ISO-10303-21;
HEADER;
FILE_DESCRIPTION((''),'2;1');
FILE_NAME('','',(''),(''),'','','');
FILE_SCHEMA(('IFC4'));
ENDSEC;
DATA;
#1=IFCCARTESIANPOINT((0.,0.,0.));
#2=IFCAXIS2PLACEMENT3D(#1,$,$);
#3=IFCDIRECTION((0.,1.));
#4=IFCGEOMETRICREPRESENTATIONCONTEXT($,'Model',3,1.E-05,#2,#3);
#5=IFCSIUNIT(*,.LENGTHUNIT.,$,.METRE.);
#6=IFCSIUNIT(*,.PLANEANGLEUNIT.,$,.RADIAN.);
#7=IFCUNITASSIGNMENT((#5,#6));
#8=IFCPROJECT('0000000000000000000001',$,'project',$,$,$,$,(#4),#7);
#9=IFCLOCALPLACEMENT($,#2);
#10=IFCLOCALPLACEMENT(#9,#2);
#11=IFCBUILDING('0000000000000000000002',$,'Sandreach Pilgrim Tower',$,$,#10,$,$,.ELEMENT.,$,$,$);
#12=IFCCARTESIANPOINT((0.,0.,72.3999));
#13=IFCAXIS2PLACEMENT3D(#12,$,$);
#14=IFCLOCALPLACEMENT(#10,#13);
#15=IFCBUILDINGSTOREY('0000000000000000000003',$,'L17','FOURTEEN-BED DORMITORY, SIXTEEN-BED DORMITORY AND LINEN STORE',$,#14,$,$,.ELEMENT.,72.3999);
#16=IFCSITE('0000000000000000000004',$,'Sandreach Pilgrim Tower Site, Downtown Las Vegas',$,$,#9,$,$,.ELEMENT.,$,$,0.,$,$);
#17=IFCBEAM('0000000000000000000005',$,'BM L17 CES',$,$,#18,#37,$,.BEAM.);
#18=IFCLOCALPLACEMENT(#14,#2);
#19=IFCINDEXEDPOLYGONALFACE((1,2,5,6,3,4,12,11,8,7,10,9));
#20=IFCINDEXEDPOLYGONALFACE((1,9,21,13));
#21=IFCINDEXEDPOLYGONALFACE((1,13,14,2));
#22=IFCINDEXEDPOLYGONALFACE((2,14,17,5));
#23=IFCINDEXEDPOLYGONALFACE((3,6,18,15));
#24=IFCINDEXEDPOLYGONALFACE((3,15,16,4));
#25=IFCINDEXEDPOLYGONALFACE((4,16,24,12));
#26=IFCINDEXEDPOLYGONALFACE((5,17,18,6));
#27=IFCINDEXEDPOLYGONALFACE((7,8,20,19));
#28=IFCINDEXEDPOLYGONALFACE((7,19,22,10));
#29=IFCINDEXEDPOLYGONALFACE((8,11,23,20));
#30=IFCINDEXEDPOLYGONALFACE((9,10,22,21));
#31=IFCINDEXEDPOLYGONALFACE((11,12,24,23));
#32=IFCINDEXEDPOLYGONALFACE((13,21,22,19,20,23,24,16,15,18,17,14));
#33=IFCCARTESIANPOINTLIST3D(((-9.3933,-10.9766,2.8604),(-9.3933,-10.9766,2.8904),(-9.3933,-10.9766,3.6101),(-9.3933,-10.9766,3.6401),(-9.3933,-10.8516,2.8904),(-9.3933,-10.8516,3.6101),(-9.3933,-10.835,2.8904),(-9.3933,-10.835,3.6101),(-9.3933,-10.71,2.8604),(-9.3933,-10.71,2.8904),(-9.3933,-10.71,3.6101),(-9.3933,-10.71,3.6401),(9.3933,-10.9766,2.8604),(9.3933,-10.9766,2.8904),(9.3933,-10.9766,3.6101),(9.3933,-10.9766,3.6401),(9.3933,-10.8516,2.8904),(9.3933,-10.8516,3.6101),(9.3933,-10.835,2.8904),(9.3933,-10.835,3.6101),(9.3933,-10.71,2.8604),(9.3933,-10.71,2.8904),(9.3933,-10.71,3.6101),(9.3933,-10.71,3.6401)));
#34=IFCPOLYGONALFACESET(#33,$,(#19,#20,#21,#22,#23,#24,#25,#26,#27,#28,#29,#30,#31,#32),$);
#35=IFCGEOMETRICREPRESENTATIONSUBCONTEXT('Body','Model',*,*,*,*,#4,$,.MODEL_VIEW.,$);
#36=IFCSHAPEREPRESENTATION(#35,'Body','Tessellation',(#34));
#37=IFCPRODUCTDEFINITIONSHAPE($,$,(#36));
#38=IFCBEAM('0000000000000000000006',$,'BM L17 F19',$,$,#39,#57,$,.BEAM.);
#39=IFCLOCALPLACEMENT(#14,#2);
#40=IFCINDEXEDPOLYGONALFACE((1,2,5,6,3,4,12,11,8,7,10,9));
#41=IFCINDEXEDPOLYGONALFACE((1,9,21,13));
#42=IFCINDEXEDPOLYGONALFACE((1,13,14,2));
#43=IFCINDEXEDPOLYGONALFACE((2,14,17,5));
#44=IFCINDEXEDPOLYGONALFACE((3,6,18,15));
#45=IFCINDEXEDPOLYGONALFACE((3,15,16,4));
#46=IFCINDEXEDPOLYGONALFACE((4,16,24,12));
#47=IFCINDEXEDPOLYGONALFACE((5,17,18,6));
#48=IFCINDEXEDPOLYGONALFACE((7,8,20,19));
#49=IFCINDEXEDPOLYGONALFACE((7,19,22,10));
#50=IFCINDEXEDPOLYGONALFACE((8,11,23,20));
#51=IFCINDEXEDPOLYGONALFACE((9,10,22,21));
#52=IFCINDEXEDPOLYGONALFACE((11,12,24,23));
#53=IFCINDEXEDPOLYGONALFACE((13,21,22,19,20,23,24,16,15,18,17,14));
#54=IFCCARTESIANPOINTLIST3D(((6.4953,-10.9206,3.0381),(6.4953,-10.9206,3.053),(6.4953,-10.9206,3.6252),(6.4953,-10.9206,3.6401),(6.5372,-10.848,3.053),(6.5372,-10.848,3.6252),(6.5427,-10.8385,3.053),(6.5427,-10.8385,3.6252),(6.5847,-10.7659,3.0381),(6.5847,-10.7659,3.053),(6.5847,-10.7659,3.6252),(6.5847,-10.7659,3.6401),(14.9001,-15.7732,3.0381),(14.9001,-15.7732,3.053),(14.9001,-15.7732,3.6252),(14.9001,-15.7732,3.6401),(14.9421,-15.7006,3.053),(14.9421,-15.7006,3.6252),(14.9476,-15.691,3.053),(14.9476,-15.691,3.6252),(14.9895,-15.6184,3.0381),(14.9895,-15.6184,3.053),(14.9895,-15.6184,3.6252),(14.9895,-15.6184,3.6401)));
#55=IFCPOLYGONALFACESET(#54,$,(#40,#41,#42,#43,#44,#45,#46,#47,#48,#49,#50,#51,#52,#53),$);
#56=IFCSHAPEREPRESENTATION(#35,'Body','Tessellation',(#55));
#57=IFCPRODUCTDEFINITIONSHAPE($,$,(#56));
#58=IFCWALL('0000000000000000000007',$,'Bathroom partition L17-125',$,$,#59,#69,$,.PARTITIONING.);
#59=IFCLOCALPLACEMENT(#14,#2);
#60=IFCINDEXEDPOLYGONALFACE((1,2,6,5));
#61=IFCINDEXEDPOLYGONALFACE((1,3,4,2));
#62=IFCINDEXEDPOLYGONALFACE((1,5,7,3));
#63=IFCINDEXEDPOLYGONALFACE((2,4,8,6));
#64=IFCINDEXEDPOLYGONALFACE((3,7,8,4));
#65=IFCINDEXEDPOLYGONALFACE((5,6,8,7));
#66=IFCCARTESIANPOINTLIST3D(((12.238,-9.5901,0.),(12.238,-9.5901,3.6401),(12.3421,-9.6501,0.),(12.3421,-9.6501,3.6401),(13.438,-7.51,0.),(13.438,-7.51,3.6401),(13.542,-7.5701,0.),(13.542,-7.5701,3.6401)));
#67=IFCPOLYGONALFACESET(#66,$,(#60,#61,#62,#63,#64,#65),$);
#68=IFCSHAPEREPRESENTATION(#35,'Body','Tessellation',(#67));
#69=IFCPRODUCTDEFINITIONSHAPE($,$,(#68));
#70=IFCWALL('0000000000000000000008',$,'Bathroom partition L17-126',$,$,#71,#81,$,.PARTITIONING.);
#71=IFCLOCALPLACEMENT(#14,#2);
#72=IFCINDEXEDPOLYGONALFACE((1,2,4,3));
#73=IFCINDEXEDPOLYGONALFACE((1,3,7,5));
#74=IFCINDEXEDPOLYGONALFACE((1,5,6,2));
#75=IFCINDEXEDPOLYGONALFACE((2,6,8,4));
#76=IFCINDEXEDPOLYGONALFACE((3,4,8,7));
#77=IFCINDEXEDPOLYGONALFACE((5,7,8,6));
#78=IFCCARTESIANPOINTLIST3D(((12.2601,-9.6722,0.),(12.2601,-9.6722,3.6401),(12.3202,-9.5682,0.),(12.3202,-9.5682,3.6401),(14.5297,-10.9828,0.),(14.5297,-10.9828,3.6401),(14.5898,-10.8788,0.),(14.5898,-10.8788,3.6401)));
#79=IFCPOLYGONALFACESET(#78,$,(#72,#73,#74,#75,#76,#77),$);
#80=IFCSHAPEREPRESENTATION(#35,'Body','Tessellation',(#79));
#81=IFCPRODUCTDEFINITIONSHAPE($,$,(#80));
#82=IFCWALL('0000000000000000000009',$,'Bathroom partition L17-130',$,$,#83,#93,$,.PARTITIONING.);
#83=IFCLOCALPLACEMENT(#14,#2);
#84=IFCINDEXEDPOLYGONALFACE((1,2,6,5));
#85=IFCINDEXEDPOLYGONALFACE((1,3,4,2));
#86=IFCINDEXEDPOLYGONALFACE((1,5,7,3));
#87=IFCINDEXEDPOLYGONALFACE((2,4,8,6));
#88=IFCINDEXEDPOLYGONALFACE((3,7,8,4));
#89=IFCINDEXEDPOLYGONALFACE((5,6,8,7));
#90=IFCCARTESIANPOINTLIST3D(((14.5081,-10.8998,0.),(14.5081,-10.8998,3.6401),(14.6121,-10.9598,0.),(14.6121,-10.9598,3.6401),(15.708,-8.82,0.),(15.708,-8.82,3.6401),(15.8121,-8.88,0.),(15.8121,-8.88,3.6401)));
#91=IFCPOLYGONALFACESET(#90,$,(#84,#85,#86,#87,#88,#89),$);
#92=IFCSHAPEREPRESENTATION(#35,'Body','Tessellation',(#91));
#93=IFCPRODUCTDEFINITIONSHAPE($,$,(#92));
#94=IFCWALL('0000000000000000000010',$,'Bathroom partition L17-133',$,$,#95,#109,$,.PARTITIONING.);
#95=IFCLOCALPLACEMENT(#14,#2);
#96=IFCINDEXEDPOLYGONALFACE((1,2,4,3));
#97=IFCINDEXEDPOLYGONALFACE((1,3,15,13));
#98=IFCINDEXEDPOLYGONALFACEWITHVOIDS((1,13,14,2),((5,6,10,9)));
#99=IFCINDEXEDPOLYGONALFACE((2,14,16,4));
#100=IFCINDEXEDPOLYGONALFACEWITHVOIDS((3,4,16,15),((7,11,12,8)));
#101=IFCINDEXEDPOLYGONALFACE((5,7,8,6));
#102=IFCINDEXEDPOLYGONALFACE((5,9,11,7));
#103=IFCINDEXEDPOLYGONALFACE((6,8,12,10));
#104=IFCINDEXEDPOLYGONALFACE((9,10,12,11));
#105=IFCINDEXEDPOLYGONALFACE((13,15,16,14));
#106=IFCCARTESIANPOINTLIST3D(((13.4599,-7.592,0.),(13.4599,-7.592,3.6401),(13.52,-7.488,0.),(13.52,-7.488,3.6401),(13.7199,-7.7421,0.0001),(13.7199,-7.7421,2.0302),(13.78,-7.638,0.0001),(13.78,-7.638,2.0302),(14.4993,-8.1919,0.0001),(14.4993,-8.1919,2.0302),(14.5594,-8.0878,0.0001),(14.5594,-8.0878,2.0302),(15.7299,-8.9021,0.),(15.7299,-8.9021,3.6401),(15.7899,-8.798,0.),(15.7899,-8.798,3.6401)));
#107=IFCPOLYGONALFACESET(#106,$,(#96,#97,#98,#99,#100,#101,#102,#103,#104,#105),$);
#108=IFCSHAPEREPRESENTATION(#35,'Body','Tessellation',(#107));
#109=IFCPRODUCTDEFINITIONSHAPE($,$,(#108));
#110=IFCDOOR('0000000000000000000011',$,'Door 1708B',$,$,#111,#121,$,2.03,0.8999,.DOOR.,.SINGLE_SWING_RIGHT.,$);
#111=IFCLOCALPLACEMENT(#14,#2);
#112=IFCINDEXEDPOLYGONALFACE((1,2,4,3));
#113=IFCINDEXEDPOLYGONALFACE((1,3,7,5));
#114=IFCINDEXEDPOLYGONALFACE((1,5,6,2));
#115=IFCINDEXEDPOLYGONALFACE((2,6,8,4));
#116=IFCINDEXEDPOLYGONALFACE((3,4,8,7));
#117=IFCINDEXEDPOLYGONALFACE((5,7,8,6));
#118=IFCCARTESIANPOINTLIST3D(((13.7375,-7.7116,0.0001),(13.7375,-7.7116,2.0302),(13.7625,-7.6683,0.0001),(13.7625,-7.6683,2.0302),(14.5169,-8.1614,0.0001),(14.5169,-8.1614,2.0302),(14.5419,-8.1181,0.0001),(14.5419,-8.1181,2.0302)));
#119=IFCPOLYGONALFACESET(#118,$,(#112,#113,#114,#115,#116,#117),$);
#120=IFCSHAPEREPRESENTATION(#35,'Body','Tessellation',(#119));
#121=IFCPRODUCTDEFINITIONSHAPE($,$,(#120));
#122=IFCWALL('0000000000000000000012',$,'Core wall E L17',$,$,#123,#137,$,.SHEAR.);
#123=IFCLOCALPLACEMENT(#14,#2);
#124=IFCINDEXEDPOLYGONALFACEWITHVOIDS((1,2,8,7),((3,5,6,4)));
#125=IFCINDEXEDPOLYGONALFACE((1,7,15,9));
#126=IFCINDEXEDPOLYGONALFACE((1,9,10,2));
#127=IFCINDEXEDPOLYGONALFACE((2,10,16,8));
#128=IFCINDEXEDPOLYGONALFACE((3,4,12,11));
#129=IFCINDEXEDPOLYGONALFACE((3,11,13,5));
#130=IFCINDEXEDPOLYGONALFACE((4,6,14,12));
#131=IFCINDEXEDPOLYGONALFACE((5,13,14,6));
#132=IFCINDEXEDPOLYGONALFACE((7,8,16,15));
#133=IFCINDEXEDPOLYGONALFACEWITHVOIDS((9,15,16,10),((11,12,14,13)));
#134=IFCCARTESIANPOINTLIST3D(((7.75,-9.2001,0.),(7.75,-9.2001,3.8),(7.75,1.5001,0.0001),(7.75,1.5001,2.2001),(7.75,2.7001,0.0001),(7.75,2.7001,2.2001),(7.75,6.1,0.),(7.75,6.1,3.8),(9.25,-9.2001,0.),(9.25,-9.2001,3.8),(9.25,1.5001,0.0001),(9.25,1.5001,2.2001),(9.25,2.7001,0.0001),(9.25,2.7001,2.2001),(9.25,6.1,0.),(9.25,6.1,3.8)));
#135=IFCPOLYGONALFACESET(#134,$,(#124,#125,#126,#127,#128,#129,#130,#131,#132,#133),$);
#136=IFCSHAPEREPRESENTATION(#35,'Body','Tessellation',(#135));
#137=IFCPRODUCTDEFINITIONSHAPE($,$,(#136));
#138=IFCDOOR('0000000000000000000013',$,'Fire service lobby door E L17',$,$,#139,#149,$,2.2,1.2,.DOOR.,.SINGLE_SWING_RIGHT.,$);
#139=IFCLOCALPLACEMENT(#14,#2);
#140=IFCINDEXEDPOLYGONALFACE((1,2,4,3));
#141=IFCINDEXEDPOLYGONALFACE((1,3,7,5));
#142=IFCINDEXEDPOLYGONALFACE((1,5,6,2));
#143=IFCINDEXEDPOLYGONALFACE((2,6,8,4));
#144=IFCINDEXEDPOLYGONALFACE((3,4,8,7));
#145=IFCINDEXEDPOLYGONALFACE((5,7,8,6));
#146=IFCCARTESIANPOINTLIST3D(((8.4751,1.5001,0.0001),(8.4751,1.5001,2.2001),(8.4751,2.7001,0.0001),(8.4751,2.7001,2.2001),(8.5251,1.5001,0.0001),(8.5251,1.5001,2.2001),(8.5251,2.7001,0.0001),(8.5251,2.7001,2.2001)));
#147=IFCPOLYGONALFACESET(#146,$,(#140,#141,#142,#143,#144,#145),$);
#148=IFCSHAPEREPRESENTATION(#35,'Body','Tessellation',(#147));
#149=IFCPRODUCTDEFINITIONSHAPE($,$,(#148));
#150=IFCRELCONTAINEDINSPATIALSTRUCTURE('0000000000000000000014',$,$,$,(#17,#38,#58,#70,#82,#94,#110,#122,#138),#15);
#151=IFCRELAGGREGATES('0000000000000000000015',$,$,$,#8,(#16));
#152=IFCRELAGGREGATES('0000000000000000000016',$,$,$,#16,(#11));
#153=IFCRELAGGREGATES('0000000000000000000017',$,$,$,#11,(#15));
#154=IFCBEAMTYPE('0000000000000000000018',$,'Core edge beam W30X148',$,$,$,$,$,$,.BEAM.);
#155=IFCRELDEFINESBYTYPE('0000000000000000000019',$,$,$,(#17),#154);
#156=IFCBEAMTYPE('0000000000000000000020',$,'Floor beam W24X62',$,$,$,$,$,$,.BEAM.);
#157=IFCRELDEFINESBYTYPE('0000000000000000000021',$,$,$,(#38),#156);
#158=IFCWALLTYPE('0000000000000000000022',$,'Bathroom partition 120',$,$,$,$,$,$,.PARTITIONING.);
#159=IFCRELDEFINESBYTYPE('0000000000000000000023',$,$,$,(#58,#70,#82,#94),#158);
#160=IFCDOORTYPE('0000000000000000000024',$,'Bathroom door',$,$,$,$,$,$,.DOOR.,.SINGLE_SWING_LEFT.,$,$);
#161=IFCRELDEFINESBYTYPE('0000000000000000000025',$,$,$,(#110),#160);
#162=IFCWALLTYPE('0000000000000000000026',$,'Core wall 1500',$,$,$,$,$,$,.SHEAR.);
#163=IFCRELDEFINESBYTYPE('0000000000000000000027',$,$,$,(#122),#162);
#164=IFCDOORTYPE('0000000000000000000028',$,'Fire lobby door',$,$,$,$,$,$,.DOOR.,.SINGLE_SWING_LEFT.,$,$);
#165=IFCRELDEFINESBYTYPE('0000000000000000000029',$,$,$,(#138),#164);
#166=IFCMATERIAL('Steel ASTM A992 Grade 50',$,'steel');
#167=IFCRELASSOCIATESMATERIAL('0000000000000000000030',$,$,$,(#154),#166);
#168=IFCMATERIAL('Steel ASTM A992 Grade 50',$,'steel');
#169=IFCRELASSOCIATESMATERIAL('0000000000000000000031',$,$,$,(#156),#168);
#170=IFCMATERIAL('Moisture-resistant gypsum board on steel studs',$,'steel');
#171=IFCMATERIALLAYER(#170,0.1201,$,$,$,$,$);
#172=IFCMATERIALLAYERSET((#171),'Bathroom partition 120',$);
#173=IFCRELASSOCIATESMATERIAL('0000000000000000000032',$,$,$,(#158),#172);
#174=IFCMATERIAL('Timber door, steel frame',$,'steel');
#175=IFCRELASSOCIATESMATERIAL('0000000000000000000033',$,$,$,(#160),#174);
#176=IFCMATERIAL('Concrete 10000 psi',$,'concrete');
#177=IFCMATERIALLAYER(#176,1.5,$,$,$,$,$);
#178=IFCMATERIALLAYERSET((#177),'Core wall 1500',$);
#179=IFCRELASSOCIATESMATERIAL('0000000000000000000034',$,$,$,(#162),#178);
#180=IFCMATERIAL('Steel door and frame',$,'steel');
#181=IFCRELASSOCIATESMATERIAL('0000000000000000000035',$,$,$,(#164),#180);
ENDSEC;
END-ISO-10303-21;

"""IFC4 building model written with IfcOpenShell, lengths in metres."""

from ifc_helpers import new_model, si_unit, direction, frame, frame_2d, origin, origin_2d, place, context, subcontext, project, spatial, rectangle, i_section, extrude, material, layer, layer_set, material_profile, profile_set, type_object, element, fill, save


model = new_model("IFC4")

# Units and contexts
model_context = context("Model", 3, precision=1e-05, world=origin(), true_north=direction((0.0, 1.0)))
body_context = subcontext(model_context, "Body", "Model", "MODEL_VIEW")
ifc_project = project(units=[si_unit("LENGTHUNIT", "METRE"), si_unit("PLANEANGLEUNIT", "RADIAN")], contexts=[model_context])

# Site, building, storey
site_placement = place(None, origin())
site = spatial("IfcSite", under=ifc_project, at=site_placement, Name="Sandreach Pilgrim Tower Site, Downtown Las Vegas", CompositionType="ELEMENT", RefElevation=0.0)
building_placement = place(site_placement, origin())
building = spatial("IfcBuilding", under=site, at=building_placement, Name="Sandreach Pilgrim Tower", CompositionType="ELEMENT")
storey_placement = place(building_placement, frame((0.0, 0.0, 72.3999)))
storey = spatial("IfcBuildingStorey", under=building, at=storey_placement, Name="L17", Description="FOURTEEN-BED DORMITORY, SIXTEEN-BED DORMITORY AND LINEN STORE", CompositionType="ELEMENT", Elevation=72.3999)

# Beams
ifc_material_1 = material(Name="Steel ASTM A992 Grade 50", Category="steel")
ifc_material_profile_1 = material_profile(ifc_material_1, i_section(OverallWidth=0.2666, OverallDepth=0.7798, WebThickness=0.0166, FlangeThickness=0.03, at=origin_2d()), Name="W30X148")
ifc_profile_set_1 = profile_set([ifc_material_profile_1], Name="Steel ASTM A992 Grade 50")
beam_type_1 = type_object("IfcBeamType", Name="Core edge beam W30X148", PredefinedType="BEAM", material=ifc_profile_set_1)
beam_1_placement = place(storey_placement, frame((9.3933, -10.8433, 3.2502), z_axis=(-1.0, 0.0, 0.0), x_axis=(0.0, -1.0, 0.0)))
element("IfcBeam", 1, at=beam_1_placement, inside=storey, type_object=beam_type_1, Name="BM L17 CES", PredefinedType="BEAM", context=body_context, shape_type="SweptSolid", body=[
    extrude(i_section(OverallWidth=0.2666, OverallDepth=0.7798, WebThickness=0.0166, FlangeThickness=0.03, at=origin_2d()), origin(), (0.0, 0.0, 1.0), 18.7866),
])
ifc_material_2 = material(Name="Steel ASTM A992 Grade 50", Category="steel")
ifc_material_profile_2 = material_profile(ifc_material_2, i_section(OverallWidth=0.1787, OverallDepth=0.6021, WebThickness=0.011, FlangeThickness=0.0149, at=origin_2d()), Name="W24X62")
ifc_profile_set_2 = profile_set([ifc_material_profile_2], Name="Steel ASTM A992 Grade 50")
beam_type_2 = type_object("IfcBeamType", Name="Floor beam W24X62", PredefinedType="BEAM", material=ifc_profile_set_2)
beam_2_placement = place(storey_placement, frame((14.9448, -15.6958, 3.3391), z_axis=(-0.866024, 0.500003, 0.0), x_axis=(-0.500003, -0.866024, 0.0)))
element("IfcBeam", 2, at=beam_2_placement, inside=storey, type_object=beam_type_2, Name="BM L17 F19", PredefinedType="BEAM", context=body_context, shape_type="SweptSolid", body=[
    extrude(i_section(OverallWidth=0.1787, OverallDepth=0.6021, WebThickness=0.011, FlangeThickness=0.0149, at=origin_2d()), origin(), (0.0, 0.0, 1.0), 9.7051),
])

# Walls
ifc_material_3 = material(Name="Moisture-resistant gypsum board on steel studs", Category="steel")
ifc_layer_1 = layer(ifc_material_3, 0.1201)
ifc_layer_set_1 = layer_set([ifc_layer_1], Name="Bathroom partition 120")
wall_type_1 = type_object("IfcWallType", Name="Bathroom partition 120", PredefinedType="PARTITIONING", material=ifc_layer_set_1)
wall_1_placement = place(storey_placement, frame((12.29, -9.6201, 0.0), z_axis=(0.0, 0.0, 1.0), x_axis=(0.499693, 0.866203, 0.0)))
element("IfcWall", 3, at=wall_1_placement, inside=storey, type_object=wall_type_1, Name="Bathroom partition L17-125", PredefinedType="PARTITIONING", context=body_context, shape_type="SweptSolid", body=[
    extrude(rectangle(XDim=2.4014, YDim=0.1201, at=frame_2d((1.2007, 0.0))), origin(), (0.0, 0.0, 1.0), 3.6401),
])
wall_2_placement = place(storey_placement, frame((12.29, -9.6201, 0.0), z_axis=(0.0, 0.0, 1.0), x_axis=(0.865987, -0.500067, 0.0)))
element("IfcWall", 4, at=wall_2_placement, inside=storey, type_object=wall_type_1, Name="Bathroom partition L17-126", PredefinedType="PARTITIONING", context=body_context, shape_type="SweptSolid", body=[
    extrude(rectangle(XDim=2.6208, YDim=0.1201, at=frame_2d((1.3105, 0.0))), origin(), (0.0, 0.0, 1.0), 3.6401),
])
wall_3_placement = place(storey_placement, frame((14.5601, -10.9299, 0.0), z_axis=(0.0, 0.0, 1.0), x_axis=(0.499737, 0.866177, 0.0)))
element("IfcWall", 5, at=wall_3_placement, inside=storey, type_object=wall_type_1, Name="Bathroom partition L17-130", PredefinedType="PARTITIONING", context=body_context, shape_type="SweptSolid", body=[
    extrude(rectangle(XDim=2.4011, YDim=0.1201, at=frame_2d((1.2007, 0.0))), origin(), (0.0, 0.0, 1.0), 3.6401),
])

# Walls, openings, doors
wall_4_placement = place(storey_placement, frame((15.76, -8.8501, 0.0), z_axis=(0.0, 0.0, 1.0), x_axis=(-0.866114, 0.499846, 0.0)))
wall_4 = element("IfcWall", 6, at=wall_4_placement, inside=storey, type_object=wall_type_1, Name="Bathroom partition L17-133", PredefinedType="PARTITIONING", context=body_context, shape_type="SweptSolid", body=[
    extrude(rectangle(XDim=2.6208, YDim=0.1201, at=frame_2d((1.3105, 0.0))), origin(), (0.0, 0.0, 1.0), 3.6401),
])
opening_1_placement = place(wall_4_placement, frame((1.4209, 0.0, 0.0)))
opening_1 = element("IfcOpeningElement", 7, at=opening_1_placement, cuts=wall_4, PredefinedType="OPENING", context=body_context, shape_type="SweptSolid", body=[
    extrude(rectangle(XDim=0.8999, YDim=2.03, at=frame_2d((0.45, 1.0151))), frame((0.0, 0.0601, 0.0), z_axis=(0.0, -1.0, 0.0), x_axis=(1.0, 0.0, 0.0)), (0.0, 0.0, 1.0), 0.1201),
])
ifc_material_4 = material(Name="Timber door, steel frame", Category="steel")
door_type_1 = type_object("IfcDoorType", Name="Bathroom door", OperationType="SINGLE_SWING_LEFT", PredefinedType="DOOR", material=ifc_material_4)
door_1_placement = place(opening_1_placement, origin())
door_1 = element("IfcDoor", 8, at=door_1_placement, inside=storey, type_object=door_type_1, Name="Door 1708B", OperationType="SINGLE_SWING_RIGHT", OverallHeight=2.03, OverallWidth=0.8999, PredefinedType="DOOR", context=body_context, shape_type="SweptSolid", body=[
    extrude(rectangle(XDim=0.8999, YDim=2.03, at=frame_2d((0.45, 1.0151))), frame((0.0, 0.0249, 0.0), z_axis=(0.0, -1.0, 0.0), x_axis=(1.0, 0.0, 0.0)), (0.0, 0.0, 1.0), 0.05),
])
fill(opening_1, door_1)
ifc_material_5 = material(Name="Concrete 10000 psi", Category="concrete")
ifc_layer_2 = layer(ifc_material_5, 1.5)
ifc_layer_set_2 = layer_set([ifc_layer_2], Name="Core wall 1500")
wall_type_2 = type_object("IfcWallType", Name="Core wall 1500", PredefinedType="SHEAR", material=ifc_layer_set_2)
wall_5_placement = place(storey_placement, frame((8.5, -9.2, 0.0), z_axis=(0.0, 0.0, 1.0), x_axis=(0.0, 1.0, 0.0)))
wall_5 = element("IfcWall", 9, at=wall_5_placement, inside=storey, type_object=wall_type_2, Name="Core wall E L17", PredefinedType="SHEAR", context=body_context, shape_type="SweptSolid", body=[
    extrude(rectangle(XDim=15.3, YDim=1.5, at=frame_2d((7.6499, 0.0))), origin(), (0.0, 0.0, 1.0), 3.8),
])
opening_2_placement = place(wall_5_placement, frame((10.7, 0.0, 0.0)))
opening_2 = element("IfcOpeningElement", 10, at=opening_2_placement, cuts=wall_5, PredefinedType="OPENING", context=body_context, shape_type="SweptSolid", body=[
    extrude(rectangle(XDim=1.2, YDim=2.2, at=frame_2d((0.6001, 1.1001))), frame((0.0, 0.75, 0.0), z_axis=(0.0, -1.0, 0.0), x_axis=(1.0, 0.0, 0.0)), (0.0, 0.0, 1.0), 1.5),
])
ifc_material_6 = material(Name="Steel door and frame", Category="steel")
door_type_2 = type_object("IfcDoorType", Name="Fire lobby door", OperationType="SINGLE_SWING_LEFT", PredefinedType="DOOR", material=ifc_material_6)
door_2_placement = place(opening_2_placement, origin())
door_2 = element("IfcDoor", 11, at=door_2_placement, inside=storey, type_object=door_type_2, Name="Fire service lobby door E L17", OperationType="SINGLE_SWING_RIGHT", OverallHeight=2.2, OverallWidth=1.2, PredefinedType="DOOR", context=body_context, shape_type="SweptSolid", body=[
    extrude(rectangle(XDim=1.2, YDim=2.2, at=frame_2d((0.6001, 1.1001))), frame((0.0, 0.0249, 0.0), z_axis=(0.0, -1.0, 0.0), x_axis=(1.0, 0.0, 0.0)), (0.0, 0.0, 1.0), 0.05),
])
fill(opening_2, door_2)

save(model, "model.ifc")
